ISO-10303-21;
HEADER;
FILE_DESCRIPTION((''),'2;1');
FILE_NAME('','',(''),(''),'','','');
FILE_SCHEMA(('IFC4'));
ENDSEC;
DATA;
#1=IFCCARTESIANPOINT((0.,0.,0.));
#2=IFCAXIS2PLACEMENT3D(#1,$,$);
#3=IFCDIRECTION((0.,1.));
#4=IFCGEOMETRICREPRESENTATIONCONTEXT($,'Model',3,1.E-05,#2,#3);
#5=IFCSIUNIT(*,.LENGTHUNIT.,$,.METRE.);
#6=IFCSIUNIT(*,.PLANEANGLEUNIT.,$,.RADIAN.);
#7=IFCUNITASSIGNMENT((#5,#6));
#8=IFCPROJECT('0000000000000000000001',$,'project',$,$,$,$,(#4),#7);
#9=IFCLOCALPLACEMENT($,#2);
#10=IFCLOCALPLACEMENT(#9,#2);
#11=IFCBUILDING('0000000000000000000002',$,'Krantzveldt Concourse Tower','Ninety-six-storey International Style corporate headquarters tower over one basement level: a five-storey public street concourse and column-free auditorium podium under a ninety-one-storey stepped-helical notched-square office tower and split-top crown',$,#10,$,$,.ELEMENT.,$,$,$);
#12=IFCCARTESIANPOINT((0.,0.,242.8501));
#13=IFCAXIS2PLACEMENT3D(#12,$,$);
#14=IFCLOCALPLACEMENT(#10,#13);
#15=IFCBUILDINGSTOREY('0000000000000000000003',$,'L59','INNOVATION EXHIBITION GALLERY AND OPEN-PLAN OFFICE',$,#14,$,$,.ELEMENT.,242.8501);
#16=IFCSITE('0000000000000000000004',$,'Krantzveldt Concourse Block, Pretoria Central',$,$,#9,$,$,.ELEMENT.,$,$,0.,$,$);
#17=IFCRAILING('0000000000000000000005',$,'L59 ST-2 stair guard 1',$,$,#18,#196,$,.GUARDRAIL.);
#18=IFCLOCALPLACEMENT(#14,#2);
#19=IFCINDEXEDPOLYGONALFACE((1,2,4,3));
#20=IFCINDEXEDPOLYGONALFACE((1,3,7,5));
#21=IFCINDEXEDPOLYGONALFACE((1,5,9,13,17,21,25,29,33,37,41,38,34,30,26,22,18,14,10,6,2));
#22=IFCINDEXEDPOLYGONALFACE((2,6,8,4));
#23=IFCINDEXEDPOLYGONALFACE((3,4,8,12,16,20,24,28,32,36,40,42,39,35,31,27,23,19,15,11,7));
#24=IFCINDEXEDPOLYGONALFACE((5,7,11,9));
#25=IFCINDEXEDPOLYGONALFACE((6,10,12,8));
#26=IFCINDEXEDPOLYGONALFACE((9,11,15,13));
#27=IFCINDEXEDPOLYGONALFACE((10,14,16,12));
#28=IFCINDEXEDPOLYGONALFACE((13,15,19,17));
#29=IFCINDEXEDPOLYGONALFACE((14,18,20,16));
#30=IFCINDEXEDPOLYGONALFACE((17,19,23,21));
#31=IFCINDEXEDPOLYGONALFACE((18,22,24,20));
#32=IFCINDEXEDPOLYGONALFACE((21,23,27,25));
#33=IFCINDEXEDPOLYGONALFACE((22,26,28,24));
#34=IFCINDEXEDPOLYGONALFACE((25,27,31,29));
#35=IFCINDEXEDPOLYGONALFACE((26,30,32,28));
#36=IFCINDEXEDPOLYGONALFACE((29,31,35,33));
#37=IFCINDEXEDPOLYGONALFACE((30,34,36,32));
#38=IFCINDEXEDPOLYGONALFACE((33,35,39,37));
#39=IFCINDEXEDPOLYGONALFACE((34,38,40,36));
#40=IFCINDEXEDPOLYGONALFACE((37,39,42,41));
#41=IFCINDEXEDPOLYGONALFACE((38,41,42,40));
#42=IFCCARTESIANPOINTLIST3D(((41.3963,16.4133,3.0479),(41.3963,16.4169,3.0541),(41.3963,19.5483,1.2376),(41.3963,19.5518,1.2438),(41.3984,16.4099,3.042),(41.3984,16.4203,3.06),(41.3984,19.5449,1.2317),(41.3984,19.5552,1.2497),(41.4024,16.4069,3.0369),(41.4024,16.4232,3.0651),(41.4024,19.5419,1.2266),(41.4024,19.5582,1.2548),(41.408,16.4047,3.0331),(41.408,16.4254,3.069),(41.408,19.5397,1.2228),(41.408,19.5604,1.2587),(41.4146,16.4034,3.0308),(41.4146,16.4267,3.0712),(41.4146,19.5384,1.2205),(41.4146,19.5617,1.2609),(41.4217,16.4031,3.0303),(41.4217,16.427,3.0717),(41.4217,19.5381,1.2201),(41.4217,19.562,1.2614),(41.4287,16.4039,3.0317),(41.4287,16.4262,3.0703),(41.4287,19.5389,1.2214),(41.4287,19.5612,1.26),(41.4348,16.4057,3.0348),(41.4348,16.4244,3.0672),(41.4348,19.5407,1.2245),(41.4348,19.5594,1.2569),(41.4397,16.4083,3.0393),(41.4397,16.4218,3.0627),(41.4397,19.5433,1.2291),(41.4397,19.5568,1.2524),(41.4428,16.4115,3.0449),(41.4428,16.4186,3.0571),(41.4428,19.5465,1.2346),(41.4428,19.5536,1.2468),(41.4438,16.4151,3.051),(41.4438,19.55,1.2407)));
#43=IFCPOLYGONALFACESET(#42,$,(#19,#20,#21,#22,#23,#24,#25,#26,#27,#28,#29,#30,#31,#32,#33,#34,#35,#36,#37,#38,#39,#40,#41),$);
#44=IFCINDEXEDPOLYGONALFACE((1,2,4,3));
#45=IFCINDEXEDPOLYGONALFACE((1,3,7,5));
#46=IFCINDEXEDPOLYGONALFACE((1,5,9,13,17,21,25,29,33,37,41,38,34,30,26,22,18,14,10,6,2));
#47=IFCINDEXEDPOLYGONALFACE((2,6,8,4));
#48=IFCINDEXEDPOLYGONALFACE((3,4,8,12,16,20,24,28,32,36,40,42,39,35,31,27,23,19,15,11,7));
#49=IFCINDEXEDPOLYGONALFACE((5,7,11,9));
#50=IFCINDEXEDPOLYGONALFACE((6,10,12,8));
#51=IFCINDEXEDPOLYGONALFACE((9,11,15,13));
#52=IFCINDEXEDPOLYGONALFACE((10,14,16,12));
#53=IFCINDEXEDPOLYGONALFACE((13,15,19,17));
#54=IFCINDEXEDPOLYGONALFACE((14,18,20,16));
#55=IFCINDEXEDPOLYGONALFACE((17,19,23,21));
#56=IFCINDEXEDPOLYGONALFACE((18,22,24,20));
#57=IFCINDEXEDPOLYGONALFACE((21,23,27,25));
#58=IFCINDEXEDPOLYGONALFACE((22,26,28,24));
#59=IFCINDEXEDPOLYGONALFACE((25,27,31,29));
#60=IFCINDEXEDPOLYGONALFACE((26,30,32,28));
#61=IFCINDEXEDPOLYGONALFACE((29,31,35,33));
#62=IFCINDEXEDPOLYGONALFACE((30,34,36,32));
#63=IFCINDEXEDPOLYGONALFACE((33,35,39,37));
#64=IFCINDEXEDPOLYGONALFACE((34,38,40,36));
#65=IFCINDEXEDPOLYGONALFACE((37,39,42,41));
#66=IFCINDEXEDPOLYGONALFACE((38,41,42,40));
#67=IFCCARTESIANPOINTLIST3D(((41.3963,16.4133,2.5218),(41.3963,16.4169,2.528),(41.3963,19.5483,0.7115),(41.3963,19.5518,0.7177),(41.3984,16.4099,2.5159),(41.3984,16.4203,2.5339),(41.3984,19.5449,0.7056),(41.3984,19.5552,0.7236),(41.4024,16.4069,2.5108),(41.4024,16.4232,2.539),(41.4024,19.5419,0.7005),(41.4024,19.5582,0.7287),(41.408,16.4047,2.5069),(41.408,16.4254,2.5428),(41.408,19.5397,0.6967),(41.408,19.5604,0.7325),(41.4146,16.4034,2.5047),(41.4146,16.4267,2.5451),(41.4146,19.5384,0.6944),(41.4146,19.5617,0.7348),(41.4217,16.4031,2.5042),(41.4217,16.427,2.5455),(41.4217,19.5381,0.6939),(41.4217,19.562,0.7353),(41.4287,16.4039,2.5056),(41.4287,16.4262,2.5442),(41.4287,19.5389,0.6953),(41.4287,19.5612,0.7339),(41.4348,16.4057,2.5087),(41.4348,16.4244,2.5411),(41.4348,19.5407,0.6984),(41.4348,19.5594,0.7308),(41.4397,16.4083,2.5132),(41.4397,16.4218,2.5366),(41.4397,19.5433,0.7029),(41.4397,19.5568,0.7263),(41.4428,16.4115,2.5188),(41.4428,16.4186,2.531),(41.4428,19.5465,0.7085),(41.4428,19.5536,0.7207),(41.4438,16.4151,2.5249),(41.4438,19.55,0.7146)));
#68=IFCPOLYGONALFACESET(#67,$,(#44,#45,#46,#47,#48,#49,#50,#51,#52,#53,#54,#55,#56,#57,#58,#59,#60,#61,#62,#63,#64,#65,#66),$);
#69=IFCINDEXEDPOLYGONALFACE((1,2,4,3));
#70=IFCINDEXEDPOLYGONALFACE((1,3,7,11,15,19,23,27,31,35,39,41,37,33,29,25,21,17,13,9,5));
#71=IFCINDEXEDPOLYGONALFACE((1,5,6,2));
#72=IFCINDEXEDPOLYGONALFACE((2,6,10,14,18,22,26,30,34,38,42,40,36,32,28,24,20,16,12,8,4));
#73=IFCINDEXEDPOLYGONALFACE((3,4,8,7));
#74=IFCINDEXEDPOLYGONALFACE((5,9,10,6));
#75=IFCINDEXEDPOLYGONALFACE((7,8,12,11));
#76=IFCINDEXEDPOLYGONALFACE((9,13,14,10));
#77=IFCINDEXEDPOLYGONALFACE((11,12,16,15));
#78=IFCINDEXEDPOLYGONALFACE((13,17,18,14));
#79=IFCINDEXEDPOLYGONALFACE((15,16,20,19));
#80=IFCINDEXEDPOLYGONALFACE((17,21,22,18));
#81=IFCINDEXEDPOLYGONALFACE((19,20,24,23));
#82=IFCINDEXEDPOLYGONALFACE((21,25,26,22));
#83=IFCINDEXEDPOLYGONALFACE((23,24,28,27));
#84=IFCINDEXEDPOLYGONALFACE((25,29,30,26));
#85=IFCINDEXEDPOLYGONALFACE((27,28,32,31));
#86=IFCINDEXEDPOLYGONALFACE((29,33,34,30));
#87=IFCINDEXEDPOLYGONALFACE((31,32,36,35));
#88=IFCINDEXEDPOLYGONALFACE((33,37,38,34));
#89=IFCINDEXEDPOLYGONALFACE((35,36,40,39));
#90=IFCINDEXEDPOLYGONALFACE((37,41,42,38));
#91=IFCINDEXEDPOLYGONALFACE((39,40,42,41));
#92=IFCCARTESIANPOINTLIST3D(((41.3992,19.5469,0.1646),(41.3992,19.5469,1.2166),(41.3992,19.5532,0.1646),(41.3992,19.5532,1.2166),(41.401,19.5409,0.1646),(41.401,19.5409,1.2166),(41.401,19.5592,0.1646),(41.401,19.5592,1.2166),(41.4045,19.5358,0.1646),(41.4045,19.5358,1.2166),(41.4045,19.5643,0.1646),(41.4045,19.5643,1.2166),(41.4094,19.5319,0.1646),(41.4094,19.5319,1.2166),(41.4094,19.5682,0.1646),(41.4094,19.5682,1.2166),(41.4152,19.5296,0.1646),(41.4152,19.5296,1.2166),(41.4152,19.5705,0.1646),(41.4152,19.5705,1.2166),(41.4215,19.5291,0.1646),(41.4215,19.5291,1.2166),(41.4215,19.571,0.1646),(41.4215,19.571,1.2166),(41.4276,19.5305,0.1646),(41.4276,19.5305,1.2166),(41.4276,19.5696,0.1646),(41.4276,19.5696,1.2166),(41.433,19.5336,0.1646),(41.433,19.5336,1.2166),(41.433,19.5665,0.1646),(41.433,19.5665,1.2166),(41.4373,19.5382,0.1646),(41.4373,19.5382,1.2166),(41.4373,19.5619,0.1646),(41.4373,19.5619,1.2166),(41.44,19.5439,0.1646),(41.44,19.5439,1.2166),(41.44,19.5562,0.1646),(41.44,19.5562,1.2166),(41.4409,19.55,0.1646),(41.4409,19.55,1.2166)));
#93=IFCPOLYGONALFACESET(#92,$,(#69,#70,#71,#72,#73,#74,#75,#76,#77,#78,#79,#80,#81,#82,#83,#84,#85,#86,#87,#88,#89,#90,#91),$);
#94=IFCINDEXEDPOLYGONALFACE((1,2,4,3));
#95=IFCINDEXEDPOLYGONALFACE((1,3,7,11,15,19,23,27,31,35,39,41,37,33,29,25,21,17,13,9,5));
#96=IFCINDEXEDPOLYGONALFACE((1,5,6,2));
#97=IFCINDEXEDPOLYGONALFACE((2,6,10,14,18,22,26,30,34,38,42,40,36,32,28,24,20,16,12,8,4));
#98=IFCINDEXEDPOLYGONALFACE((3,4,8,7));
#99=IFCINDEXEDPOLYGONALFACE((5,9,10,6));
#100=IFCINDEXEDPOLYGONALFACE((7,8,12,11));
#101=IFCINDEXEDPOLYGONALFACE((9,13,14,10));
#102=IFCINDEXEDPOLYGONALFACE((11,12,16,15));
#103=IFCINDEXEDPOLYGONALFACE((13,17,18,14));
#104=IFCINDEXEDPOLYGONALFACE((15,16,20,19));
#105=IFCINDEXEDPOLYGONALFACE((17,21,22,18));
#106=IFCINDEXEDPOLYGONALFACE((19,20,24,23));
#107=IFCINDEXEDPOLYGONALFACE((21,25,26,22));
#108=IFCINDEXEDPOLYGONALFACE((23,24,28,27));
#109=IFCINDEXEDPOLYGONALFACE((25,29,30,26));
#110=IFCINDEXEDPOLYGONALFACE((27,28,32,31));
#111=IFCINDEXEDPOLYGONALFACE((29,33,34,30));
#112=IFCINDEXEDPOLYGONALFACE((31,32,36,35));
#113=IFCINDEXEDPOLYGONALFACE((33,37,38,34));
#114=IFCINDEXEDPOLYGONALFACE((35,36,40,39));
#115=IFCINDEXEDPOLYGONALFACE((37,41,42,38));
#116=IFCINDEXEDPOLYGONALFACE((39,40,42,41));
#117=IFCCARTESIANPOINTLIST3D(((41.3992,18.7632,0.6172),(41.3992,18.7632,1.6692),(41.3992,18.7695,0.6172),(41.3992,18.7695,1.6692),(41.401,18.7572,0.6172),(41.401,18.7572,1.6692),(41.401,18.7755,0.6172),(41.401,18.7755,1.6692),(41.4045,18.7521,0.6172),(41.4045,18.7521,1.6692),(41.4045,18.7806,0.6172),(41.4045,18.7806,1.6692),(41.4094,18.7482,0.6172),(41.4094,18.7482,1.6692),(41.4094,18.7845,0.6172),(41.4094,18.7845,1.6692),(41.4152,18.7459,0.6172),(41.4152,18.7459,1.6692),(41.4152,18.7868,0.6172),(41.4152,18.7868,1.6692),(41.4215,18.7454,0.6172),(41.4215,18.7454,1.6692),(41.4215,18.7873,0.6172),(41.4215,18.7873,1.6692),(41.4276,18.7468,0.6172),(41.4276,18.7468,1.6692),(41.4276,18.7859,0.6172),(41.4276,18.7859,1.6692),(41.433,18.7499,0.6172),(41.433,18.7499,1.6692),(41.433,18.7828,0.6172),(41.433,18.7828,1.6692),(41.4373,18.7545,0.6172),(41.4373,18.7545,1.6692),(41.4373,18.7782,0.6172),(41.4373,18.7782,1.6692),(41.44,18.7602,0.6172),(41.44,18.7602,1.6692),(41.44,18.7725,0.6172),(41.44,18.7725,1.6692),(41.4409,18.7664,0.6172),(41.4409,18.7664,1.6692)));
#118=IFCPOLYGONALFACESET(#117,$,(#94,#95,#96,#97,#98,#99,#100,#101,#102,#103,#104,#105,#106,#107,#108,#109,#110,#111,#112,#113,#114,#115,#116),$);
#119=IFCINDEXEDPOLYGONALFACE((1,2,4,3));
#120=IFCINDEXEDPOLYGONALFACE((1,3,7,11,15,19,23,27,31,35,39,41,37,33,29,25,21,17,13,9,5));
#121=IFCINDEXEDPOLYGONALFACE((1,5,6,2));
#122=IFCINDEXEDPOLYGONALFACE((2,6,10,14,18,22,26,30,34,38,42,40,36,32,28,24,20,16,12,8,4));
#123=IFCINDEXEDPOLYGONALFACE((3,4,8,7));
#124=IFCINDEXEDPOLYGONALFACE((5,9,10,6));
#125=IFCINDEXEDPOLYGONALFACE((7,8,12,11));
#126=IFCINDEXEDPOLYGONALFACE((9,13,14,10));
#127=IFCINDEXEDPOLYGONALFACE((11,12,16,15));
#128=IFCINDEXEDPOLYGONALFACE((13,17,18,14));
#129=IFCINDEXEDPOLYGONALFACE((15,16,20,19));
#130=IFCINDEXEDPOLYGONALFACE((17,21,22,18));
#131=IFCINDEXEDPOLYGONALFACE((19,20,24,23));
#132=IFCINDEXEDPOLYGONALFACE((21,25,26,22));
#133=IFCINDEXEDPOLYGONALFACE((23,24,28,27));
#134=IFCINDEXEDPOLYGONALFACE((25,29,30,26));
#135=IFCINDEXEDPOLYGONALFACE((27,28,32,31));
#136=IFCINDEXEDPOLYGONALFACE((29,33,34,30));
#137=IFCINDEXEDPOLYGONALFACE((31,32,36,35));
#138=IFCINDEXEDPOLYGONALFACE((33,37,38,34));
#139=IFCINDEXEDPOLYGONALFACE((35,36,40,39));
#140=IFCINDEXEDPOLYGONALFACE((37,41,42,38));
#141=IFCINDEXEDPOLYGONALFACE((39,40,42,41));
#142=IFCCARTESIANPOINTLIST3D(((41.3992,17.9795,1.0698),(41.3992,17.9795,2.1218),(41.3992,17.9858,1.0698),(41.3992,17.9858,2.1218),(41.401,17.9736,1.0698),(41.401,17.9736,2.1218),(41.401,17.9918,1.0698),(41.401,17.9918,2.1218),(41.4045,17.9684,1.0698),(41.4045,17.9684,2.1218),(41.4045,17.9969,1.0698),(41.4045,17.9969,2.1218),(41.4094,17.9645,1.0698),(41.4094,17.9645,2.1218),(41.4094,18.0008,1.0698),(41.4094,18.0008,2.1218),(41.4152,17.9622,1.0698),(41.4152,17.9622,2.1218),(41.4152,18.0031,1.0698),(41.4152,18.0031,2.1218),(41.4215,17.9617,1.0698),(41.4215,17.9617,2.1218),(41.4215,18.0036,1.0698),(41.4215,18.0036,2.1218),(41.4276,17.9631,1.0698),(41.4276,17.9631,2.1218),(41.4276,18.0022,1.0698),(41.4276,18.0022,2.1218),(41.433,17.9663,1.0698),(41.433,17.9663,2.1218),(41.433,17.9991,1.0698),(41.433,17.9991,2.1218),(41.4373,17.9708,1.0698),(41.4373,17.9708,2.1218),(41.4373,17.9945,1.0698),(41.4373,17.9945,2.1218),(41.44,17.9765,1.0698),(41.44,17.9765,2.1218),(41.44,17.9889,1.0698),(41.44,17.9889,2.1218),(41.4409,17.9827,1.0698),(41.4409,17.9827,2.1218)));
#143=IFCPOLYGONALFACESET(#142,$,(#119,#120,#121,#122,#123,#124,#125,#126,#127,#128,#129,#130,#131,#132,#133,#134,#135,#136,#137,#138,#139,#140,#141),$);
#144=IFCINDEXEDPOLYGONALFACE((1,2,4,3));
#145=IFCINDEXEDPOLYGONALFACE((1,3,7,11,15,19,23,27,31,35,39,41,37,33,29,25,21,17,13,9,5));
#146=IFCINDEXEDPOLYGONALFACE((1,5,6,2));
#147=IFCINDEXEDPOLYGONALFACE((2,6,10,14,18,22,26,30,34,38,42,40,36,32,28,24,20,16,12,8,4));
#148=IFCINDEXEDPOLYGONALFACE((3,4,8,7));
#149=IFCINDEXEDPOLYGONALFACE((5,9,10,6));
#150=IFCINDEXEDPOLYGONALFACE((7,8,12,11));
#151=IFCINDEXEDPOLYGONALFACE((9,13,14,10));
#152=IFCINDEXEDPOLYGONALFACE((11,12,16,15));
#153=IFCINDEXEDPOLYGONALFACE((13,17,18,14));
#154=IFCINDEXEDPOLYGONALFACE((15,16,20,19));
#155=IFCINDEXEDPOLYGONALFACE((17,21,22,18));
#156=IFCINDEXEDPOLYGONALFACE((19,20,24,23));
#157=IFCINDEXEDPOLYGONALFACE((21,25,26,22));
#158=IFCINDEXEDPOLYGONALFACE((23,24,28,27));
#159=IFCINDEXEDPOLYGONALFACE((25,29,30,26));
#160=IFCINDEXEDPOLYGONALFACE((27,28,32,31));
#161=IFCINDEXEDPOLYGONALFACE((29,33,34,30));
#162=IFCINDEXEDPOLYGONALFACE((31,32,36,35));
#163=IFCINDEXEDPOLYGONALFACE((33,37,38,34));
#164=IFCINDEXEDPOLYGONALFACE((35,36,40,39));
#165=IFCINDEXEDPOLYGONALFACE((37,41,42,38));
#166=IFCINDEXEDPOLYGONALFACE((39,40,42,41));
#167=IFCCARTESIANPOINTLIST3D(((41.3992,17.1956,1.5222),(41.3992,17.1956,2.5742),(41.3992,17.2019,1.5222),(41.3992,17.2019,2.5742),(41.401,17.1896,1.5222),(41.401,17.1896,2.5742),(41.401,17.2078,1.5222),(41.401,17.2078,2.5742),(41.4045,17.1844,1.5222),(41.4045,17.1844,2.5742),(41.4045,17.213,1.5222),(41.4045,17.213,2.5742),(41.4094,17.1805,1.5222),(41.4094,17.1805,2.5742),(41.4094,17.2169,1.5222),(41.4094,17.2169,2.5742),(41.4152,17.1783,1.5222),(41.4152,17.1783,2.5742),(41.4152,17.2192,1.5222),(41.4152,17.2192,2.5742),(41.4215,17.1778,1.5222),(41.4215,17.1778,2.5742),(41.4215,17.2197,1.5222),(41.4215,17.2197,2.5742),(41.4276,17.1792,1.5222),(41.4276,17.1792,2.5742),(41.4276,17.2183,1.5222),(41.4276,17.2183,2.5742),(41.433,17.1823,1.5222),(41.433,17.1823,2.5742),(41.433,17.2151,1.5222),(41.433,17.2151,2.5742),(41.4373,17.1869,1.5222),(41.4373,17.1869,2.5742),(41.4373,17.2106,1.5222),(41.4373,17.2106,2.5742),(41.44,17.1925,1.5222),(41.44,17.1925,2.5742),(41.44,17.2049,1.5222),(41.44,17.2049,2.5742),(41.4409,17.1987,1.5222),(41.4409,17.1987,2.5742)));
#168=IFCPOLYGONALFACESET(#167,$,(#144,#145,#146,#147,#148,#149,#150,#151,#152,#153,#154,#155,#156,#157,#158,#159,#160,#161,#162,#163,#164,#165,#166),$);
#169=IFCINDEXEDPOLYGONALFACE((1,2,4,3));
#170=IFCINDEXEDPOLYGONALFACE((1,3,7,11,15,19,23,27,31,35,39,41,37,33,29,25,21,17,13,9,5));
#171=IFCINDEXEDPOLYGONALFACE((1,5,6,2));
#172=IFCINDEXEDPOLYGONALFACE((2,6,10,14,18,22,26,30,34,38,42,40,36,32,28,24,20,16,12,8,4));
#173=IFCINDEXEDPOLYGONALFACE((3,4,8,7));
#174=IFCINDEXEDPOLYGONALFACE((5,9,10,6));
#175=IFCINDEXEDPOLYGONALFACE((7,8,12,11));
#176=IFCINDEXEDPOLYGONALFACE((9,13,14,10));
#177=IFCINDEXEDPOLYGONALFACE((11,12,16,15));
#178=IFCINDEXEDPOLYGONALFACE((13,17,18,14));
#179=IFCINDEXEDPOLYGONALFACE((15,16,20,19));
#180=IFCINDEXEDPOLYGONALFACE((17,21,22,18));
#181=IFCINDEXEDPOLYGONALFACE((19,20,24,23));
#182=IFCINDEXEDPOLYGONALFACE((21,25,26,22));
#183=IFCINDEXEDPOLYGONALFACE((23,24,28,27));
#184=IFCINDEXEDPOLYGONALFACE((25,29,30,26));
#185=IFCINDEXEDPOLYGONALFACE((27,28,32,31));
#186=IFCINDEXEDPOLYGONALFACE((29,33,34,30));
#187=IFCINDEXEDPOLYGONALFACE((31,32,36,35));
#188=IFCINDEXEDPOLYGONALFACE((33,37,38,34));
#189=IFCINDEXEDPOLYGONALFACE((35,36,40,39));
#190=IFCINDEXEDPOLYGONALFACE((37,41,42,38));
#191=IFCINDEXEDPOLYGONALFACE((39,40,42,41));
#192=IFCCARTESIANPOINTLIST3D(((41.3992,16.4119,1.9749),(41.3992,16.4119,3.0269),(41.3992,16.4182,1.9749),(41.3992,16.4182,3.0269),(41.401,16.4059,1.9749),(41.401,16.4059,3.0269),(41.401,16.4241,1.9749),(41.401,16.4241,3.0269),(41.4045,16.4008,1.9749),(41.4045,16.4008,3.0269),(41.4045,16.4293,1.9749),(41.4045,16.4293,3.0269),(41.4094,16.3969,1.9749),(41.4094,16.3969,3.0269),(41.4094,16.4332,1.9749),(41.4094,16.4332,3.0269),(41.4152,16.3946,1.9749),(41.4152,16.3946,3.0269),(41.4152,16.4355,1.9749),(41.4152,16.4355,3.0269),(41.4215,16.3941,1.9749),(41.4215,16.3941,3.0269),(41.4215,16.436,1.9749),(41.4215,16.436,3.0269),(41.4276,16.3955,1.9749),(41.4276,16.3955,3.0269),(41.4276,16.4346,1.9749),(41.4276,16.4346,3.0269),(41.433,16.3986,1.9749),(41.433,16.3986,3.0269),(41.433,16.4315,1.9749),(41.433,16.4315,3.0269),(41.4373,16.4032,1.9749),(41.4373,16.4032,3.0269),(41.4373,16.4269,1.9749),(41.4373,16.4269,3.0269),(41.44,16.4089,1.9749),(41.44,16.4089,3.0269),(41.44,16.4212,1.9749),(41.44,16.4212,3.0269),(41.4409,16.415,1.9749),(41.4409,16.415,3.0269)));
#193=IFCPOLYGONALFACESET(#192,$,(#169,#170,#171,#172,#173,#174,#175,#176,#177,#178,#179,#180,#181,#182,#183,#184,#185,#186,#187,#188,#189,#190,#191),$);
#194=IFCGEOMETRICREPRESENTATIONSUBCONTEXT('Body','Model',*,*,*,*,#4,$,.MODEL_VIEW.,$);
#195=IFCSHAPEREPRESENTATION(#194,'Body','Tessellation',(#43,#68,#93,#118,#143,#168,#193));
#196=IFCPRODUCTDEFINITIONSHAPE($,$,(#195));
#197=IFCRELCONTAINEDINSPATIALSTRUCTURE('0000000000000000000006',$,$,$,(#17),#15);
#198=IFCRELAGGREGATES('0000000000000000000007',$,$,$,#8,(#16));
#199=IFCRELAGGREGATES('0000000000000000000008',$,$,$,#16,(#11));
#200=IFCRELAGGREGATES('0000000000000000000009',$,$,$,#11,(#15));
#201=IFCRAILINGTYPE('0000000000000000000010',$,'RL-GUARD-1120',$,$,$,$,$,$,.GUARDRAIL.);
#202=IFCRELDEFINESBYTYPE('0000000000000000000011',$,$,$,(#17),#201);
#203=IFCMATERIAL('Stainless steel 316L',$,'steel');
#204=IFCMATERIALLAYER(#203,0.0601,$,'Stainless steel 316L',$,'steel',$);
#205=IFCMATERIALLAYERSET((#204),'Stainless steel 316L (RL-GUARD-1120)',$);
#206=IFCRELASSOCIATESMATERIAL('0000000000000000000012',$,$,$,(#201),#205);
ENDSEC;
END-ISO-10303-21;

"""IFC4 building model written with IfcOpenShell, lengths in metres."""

from ifc_helpers import new_model, si_unit, direction, frame, origin, origin_2d, place, context, subcontext, project, spatial, circle, extrude, material, layer, layer_set, type_object, element, save


model = new_model("IFC4")

# Units and contexts
model_context = context("Model", 3, precision=1e-05, world=origin(), true_north=direction((0.0, 1.0)))
body_context = subcontext(model_context, "Body", "Model", "MODEL_VIEW")
ifc_project = project(units=[si_unit("LENGTHUNIT", "METRE"), si_unit("PLANEANGLEUNIT", "RADIAN")], contexts=[model_context])

# Site, building, storey
site_placement = place(None, origin())
site = spatial("IfcSite", under=ifc_project, at=site_placement, Name="Krantzveldt Concourse Block, Pretoria Central", CompositionType="ELEMENT", RefElevation=0.0)
building_placement = place(site_placement, origin())
building = spatial("IfcBuilding", under=site, at=building_placement, Name="Krantzveldt Concourse Tower", Description="Ninety-six-storey International Style corporate headquarters tower over one basement level: a five-storey public street concourse and column-free auditorium podium under a ninety-one-storey stepped-helical notched-square office tower and split-top crown", CompositionType="ELEMENT")
storey_placement = place(building_placement, frame((0.0, 0.0, 242.8501)))
storey = spatial("IfcBuildingStorey", under=building, at=storey_placement, Name="L59", Description="INNOVATION EXHIBITION GALLERY AND OPEN-PLAN OFFICE", CompositionType="ELEMENT", Elevation=242.8501)

# Shared definitions
ifc_material_1 = material(Name="Stainless steel 316L", Category="steel")

# Railing
ifc_layer_1 = layer(ifc_material_1, 0.0601, Name="Stainless steel 316L", Category="steel")
ifc_layer_set_1 = layer_set([ifc_layer_1], Name="Stainless steel 316L (RL-GUARD-1120)")
railing_type_1 = type_object("IfcRailingType", Name="RL-GUARD-1120", PredefinedType="GUARDRAIL", material=ifc_layer_set_1)
railing_1_placement = place(storey_placement, frame((41.4199, 19.55, 0.1646)))
element("IfcRailing", 1, at=railing_1_placement, inside=storey, type_object=railing_type_1, Name="L59 ST-2 stair guard 1", PredefinedType="GUARDRAIL", context=body_context, shape_type="SweptSolid", body=[
    extrude(circle(Radius=0.0239, at=origin_2d()), frame((0.0, 0.0, 1.0762), z_axis=(0.0, -0.865989, 0.500063), x_axis=(1.0, 0.0, 0.0)), (0.0, 0.0, 1.0), 3.6201),
    extrude(circle(Radius=0.0239, at=origin_2d()), frame((0.0, 0.0, 0.55), z_axis=(0.0, -0.865989, 0.500063), x_axis=(1.0, 0.0, 0.0)), (0.0, 0.0, 1.0), 3.6201),
    extrude(circle(Radius=0.021, at=origin_2d()), origin(), (0.0, 0.0, 1.0), 1.052),
    extrude(circle(Radius=0.021, at=origin_2d()), frame((0.0, -0.7837, 0.4526)), (0.0, 0.0, 1.0), 1.052),
    extrude(circle(Radius=0.021, at=origin_2d()), frame((0.0, -1.5674, 0.9053)), (0.0, 0.0, 1.0), 1.052),
    extrude(circle(Radius=0.021, at=origin_2d()), frame((0.0, -2.3513, 1.3577)), (0.0, 0.0, 1.0), 1.052),
    extrude(circle(Radius=0.021, at=origin_2d()), frame((0.0, -3.135, 1.8103)), (0.0, 0.0, 1.0), 1.052),
])

save(model, "model.ifc")
